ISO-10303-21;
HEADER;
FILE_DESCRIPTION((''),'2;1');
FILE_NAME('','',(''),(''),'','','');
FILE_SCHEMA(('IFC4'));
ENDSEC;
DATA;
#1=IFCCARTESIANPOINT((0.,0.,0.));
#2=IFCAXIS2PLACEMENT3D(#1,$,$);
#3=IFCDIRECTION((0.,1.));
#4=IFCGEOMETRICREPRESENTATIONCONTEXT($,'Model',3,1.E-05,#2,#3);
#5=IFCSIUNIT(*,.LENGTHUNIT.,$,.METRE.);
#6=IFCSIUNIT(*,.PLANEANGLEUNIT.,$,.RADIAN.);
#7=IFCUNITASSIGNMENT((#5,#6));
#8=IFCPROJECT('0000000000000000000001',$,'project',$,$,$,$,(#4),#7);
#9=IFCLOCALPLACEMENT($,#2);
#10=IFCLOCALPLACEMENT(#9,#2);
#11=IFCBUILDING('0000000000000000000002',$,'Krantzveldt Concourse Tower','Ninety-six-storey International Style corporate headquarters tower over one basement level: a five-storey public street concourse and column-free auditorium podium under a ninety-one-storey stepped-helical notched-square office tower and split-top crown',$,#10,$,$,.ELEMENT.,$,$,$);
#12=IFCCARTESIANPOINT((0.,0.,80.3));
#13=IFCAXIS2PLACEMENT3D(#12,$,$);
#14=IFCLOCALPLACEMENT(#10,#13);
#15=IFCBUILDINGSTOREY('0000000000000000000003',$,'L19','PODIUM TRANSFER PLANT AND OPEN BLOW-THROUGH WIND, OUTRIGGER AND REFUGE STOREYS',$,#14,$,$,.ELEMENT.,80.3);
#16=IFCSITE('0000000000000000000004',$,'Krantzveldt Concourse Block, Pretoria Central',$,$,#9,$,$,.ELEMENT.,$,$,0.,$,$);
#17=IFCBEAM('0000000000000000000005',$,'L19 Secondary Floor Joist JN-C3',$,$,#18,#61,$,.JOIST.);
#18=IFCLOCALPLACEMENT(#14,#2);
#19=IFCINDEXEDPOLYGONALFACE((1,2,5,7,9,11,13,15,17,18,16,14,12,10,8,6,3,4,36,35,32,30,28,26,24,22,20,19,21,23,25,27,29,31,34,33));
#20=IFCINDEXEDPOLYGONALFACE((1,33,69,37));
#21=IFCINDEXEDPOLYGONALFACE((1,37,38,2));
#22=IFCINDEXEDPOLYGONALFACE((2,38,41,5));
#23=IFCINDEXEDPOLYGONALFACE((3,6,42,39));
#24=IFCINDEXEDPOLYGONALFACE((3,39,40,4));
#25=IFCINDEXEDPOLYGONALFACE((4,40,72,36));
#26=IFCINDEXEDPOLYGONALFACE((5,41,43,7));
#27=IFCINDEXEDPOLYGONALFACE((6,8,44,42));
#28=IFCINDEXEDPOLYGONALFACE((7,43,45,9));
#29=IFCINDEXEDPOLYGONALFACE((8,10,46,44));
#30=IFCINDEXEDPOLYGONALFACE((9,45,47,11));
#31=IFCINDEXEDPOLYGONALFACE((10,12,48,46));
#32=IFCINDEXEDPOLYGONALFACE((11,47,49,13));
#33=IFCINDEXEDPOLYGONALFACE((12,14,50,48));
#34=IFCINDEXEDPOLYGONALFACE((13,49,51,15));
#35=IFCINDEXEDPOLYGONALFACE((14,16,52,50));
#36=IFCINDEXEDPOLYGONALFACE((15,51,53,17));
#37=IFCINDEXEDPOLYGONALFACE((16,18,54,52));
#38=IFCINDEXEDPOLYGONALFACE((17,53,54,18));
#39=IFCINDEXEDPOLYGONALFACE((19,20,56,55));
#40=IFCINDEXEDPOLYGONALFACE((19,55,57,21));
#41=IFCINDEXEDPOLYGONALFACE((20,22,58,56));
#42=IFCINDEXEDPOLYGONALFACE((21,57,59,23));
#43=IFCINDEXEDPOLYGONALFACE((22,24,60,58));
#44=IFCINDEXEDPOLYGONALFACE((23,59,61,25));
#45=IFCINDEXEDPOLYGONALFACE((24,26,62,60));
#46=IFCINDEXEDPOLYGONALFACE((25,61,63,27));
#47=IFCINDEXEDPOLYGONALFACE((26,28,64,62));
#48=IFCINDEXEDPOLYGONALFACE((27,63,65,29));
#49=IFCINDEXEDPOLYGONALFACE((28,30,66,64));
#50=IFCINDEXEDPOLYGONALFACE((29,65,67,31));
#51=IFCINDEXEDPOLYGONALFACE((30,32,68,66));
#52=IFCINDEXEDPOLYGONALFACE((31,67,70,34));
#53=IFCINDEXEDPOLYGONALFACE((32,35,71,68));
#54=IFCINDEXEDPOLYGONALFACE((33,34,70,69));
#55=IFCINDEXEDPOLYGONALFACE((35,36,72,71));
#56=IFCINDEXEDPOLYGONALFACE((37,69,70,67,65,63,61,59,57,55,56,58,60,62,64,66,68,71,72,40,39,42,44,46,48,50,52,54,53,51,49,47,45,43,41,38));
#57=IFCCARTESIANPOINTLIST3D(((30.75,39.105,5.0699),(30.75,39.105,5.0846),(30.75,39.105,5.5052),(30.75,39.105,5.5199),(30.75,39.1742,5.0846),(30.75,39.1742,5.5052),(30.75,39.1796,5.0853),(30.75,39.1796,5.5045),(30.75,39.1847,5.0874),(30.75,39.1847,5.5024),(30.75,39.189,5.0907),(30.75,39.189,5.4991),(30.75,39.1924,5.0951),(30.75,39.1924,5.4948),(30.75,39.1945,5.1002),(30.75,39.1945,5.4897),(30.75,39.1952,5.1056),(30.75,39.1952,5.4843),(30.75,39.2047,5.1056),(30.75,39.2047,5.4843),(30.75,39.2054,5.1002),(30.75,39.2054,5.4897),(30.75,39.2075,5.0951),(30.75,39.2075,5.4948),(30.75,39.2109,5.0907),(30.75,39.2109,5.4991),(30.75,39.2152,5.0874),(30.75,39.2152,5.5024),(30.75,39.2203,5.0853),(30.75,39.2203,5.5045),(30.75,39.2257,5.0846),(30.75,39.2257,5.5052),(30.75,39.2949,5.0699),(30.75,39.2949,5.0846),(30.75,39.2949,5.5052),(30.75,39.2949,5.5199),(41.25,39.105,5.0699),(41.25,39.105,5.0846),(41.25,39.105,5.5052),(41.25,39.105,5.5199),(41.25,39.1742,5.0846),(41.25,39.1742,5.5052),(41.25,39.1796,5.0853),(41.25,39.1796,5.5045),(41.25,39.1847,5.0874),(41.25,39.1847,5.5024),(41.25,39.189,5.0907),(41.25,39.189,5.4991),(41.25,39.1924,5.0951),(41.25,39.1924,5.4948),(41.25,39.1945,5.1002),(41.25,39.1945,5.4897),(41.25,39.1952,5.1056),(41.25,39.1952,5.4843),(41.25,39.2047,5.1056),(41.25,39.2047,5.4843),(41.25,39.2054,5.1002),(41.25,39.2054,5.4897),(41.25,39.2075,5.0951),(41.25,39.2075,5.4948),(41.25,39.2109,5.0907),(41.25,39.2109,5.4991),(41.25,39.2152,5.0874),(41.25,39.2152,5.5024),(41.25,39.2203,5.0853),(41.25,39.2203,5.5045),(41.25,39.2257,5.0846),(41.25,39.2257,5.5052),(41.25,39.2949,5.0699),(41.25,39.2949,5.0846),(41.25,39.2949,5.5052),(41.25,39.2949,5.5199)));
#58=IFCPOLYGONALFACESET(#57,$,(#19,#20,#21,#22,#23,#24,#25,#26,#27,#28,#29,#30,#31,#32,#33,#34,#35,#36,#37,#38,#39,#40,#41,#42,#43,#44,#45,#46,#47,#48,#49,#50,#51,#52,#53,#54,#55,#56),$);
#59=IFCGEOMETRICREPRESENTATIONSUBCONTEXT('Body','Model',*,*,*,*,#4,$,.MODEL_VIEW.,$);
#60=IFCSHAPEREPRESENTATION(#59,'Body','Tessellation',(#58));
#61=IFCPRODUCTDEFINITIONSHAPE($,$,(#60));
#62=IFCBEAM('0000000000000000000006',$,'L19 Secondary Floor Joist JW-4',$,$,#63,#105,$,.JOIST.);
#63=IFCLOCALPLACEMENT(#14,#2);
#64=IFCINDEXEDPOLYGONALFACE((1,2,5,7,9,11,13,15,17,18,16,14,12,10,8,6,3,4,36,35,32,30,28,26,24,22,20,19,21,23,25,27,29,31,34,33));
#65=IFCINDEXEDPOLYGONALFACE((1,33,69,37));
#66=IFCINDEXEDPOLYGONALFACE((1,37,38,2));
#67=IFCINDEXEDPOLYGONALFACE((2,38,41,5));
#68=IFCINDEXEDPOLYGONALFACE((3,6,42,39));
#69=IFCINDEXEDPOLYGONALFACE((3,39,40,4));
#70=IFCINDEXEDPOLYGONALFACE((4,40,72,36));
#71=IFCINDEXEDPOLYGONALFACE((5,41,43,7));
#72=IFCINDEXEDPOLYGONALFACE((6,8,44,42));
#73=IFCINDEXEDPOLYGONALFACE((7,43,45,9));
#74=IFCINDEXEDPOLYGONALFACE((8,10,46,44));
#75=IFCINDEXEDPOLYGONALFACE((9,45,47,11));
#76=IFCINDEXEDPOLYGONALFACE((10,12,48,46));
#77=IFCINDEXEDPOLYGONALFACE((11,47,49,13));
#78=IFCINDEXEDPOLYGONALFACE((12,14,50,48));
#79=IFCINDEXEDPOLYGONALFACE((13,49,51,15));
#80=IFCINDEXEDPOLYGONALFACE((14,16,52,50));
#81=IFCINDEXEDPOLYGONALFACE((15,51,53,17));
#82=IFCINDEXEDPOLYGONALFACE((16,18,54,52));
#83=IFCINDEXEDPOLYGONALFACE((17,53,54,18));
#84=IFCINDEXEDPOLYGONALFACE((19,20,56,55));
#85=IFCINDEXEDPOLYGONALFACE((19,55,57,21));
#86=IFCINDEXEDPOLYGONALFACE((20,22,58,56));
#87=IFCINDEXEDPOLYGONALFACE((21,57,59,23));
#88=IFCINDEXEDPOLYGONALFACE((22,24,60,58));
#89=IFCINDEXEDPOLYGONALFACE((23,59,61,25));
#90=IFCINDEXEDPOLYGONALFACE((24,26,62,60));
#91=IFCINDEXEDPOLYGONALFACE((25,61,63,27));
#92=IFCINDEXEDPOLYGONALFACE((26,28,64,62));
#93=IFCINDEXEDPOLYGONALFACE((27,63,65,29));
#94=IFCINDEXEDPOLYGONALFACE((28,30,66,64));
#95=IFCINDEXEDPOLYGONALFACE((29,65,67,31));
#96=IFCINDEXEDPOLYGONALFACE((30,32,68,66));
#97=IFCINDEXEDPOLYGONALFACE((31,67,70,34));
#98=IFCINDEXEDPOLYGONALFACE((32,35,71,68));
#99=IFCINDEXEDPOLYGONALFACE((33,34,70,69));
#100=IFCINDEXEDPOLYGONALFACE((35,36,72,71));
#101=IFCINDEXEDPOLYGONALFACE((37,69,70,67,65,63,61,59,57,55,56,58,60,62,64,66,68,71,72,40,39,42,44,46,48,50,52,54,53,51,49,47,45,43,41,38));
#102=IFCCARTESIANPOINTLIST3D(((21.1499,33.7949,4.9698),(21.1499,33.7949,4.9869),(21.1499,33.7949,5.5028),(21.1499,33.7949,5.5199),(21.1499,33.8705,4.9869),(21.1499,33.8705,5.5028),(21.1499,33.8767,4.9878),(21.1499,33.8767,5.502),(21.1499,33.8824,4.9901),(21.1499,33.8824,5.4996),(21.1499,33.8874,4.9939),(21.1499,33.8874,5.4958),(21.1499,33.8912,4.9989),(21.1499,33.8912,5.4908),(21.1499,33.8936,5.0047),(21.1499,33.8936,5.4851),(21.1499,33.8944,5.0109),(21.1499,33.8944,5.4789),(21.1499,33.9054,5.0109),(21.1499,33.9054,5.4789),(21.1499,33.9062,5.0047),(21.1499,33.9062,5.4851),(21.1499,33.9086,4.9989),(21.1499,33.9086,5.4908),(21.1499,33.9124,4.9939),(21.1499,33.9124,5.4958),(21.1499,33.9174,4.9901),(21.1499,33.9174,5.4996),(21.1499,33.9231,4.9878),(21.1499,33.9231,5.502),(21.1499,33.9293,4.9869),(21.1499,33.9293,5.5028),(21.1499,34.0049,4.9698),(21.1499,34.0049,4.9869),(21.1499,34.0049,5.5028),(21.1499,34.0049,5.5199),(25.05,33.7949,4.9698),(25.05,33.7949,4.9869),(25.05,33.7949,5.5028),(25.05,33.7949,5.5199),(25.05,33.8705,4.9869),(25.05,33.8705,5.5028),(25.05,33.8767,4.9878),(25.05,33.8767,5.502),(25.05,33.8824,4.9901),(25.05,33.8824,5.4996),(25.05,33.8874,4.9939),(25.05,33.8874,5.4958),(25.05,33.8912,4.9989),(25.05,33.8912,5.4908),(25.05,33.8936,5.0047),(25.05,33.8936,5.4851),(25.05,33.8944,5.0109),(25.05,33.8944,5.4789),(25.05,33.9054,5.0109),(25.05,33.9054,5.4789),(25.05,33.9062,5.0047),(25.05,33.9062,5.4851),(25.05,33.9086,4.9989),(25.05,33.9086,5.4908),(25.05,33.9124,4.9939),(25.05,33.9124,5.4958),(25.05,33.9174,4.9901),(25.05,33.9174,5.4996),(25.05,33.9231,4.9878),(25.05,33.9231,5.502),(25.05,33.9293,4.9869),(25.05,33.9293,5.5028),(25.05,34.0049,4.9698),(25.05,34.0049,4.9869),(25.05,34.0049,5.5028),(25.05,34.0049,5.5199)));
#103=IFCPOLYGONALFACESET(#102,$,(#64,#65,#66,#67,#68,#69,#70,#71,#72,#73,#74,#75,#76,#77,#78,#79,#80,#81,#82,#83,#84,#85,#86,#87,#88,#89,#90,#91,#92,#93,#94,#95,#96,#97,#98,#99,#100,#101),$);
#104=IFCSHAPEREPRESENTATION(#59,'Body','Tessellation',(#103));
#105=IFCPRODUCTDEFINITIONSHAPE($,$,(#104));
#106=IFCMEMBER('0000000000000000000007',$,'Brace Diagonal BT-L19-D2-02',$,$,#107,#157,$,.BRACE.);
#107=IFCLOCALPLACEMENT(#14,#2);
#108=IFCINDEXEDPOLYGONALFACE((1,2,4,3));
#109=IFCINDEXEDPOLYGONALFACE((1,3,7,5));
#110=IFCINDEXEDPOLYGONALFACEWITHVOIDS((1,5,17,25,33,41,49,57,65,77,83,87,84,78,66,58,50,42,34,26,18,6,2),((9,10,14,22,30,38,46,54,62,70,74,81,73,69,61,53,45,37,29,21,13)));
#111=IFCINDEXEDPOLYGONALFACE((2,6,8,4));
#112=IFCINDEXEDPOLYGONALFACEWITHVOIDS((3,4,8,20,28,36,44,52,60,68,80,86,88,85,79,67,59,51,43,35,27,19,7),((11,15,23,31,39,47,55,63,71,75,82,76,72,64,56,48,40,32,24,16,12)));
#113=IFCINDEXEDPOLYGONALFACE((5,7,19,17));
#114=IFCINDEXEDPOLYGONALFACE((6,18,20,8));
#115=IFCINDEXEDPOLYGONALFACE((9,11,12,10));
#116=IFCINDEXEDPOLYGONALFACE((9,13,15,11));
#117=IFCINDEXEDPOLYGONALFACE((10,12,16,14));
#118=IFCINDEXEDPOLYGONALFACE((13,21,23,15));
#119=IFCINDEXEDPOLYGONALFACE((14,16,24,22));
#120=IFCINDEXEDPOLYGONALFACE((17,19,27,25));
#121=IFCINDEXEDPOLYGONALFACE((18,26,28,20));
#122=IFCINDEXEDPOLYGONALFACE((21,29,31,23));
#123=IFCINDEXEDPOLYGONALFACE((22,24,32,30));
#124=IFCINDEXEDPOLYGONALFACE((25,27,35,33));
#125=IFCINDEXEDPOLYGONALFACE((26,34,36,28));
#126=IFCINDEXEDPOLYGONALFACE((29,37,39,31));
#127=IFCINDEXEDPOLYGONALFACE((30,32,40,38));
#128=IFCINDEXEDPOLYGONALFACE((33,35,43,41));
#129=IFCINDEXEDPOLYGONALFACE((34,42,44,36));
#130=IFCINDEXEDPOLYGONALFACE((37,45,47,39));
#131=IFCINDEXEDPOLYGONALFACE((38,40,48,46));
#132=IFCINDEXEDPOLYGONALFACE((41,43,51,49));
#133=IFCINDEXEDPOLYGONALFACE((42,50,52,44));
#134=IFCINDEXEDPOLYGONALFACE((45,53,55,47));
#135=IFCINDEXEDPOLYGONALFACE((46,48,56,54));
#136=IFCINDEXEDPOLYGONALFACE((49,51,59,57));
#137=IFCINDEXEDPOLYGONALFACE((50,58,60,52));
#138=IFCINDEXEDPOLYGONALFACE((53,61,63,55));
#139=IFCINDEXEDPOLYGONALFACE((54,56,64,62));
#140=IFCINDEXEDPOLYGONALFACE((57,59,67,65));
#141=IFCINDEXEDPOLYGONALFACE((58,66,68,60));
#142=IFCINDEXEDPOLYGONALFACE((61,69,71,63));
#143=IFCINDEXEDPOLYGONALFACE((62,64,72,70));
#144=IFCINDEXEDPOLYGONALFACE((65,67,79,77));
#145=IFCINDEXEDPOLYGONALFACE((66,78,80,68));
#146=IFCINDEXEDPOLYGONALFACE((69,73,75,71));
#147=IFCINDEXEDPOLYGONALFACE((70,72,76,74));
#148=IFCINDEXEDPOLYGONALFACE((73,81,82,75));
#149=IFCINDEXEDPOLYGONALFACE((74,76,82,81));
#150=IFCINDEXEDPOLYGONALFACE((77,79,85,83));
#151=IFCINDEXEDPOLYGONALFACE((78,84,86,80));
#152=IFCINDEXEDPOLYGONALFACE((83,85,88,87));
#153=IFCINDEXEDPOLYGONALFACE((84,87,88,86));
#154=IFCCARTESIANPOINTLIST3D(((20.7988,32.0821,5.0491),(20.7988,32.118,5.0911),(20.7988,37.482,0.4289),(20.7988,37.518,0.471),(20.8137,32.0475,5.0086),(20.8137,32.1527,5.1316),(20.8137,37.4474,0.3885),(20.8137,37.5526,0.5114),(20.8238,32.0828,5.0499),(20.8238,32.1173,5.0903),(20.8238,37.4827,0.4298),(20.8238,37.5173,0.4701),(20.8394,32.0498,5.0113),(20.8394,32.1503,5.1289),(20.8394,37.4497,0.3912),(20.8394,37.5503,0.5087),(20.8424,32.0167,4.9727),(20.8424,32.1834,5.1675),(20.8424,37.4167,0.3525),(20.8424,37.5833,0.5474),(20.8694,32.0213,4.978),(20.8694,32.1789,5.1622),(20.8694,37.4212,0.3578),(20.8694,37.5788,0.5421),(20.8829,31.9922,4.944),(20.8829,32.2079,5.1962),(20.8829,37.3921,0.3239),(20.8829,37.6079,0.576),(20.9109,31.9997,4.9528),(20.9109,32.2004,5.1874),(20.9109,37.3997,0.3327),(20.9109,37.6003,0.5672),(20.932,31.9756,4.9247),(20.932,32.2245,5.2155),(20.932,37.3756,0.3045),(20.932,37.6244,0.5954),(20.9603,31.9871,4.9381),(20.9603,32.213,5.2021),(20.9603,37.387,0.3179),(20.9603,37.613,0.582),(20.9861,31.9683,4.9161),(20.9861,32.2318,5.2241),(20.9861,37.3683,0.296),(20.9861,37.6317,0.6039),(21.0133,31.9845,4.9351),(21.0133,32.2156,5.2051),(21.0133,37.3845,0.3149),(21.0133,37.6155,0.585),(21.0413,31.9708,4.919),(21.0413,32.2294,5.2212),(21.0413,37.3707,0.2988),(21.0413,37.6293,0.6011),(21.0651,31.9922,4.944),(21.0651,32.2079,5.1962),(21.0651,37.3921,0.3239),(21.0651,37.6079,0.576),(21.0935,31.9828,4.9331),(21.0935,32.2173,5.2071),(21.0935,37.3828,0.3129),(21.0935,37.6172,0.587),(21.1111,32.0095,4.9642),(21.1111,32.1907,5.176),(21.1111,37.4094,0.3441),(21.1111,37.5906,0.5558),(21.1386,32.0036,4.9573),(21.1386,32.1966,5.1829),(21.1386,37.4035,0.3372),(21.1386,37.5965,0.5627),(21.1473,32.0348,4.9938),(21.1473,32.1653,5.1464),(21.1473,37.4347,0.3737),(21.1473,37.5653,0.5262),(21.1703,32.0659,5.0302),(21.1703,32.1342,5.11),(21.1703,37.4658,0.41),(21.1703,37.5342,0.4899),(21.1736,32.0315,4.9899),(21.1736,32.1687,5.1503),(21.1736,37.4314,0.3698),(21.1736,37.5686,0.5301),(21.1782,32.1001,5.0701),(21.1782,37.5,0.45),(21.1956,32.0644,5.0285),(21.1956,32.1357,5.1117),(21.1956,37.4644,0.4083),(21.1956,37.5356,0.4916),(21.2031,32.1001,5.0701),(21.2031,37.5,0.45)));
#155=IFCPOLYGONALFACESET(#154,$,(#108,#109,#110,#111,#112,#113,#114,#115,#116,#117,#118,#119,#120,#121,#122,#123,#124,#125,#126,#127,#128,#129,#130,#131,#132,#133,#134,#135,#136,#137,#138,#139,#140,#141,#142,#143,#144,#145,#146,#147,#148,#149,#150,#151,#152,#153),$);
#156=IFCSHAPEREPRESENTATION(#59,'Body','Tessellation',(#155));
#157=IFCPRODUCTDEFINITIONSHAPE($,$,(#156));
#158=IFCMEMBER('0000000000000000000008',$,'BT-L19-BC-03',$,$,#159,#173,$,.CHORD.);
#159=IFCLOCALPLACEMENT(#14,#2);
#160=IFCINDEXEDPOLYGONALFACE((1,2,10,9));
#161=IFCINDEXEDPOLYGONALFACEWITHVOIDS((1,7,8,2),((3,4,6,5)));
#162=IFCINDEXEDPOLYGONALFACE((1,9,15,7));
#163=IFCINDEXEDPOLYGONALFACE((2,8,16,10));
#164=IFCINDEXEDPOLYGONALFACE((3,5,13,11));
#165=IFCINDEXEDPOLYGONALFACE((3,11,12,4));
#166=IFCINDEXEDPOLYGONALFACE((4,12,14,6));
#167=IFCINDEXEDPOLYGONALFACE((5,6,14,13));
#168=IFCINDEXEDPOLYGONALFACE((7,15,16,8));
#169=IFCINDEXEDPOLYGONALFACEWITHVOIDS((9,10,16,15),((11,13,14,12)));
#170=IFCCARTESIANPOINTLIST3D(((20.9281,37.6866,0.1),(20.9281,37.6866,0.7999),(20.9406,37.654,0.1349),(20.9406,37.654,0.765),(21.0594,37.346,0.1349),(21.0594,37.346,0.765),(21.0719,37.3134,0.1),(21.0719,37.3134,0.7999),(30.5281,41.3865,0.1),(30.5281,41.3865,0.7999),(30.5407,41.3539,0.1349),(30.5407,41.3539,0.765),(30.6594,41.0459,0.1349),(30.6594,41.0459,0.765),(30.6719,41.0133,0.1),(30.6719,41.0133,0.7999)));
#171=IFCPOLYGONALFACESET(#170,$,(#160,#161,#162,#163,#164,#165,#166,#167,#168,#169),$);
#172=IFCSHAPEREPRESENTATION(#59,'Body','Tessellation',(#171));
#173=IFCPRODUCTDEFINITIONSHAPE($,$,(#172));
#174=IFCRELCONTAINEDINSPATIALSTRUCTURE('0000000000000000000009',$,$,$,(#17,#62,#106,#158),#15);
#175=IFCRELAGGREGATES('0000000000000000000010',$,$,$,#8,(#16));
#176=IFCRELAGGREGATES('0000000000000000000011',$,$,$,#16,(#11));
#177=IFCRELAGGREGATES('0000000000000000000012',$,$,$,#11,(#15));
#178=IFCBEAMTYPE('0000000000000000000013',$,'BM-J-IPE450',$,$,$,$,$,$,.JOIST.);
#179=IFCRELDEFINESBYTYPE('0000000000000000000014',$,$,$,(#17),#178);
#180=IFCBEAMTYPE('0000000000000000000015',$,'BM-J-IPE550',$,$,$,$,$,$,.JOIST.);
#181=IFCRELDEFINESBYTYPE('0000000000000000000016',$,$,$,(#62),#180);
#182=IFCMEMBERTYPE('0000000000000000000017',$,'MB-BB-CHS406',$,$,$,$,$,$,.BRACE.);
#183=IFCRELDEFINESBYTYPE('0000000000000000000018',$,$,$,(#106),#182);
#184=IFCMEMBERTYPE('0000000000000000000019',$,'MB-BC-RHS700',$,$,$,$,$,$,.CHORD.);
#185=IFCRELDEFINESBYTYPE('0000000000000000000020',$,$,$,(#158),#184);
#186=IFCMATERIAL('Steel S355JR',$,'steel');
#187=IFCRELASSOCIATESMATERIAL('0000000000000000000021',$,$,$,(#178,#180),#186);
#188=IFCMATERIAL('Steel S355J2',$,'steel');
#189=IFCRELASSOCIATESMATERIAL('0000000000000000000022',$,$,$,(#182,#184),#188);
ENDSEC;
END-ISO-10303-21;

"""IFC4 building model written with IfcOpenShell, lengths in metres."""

from ifc_helpers import new_model, si_unit, direction, frame, origin, origin_2d, place, context, subcontext, project, spatial, hollow_rectangle, hollow_circle, i_section, extrude, source, transform, mapped, material, material_profile, profile_set, type_object, type_shapes, element, save


model = new_model("IFC4")

# Units and contexts
model_context = context("Model", 3, precision=1e-05, world=origin(), true_north=direction((0.0, 1.0)))
body_context = subcontext(model_context, "Body", "Model", "MODEL_VIEW")
ifc_project = project(units=[si_unit("LENGTHUNIT", "METRE"), si_unit("PLANEANGLEUNIT", "RADIAN")], contexts=[model_context])

# Site, building, storey
site_placement = place(None, origin())
site = spatial("IfcSite", under=ifc_project, at=site_placement, Name="Krantzveldt Concourse Block, Pretoria Central", CompositionType="ELEMENT", RefElevation=0.0)
building_placement = place(site_placement, origin())
building = spatial("IfcBuilding", under=site, at=building_placement, Name="Krantzveldt Concourse Tower", Description="Ninety-six-storey International Style corporate headquarters tower over one basement level: a five-storey public street concourse and column-free auditorium podium under a ninety-one-storey stepped-helical notched-square office tower and split-top crown", CompositionType="ELEMENT")
storey_placement = place(building_placement, frame((0.0, 0.0, 80.3)))
storey = spatial("IfcBuildingStorey", under=building, at=storey_placement, Name="L19", Description="PODIUM TRANSFER PLANT AND OPEN BLOW-THROUGH WIND, OUTRIGGER AND REFUGE STOREYS", CompositionType="ELEMENT", Elevation=80.3)

# Beams
ifc_material_1 = material(Name="Steel S355J2", Category="steel")
ifc_material_2 = material(Name="Steel S355JR", Category="steel")
ifc_material_profile_1 = material_profile(ifc_material_2, i_section(OverallWidth=0.1899, OverallDepth=0.45, WebThickness=0.0095, FlangeThickness=0.0146, FilletRadius=0.021, at=origin_2d()), Name="Steel S355JR", Category="steel")
ifc_profile_set_1 = profile_set([ifc_material_profile_1], Name="Steel S355JR - IPE 450")
beam_type_1 = type_object("IfcBeamType", Name="BM-J-IPE450", PredefinedType="JOIST", material=ifc_profile_set_1)
shared_shape_1 = source(origin(), body_context, "Body", "SweptSolid", [
    extrude(i_section(OverallWidth=0.1899, OverallDepth=0.45, WebThickness=0.0095, FlangeThickness=0.0146, FilletRadius=0.021, at=origin_2d()), origin(), (0.0, 0.0, 1.0), 10.5),
])
type_shapes(beam_type_1, [shared_shape_1])
beam_1_placement = place(storey_placement, frame((30.75, 39.2, 5.2949), z_axis=(1.0, 0.0, 0.0), x_axis=(0.0, 1.0, 0.0)))
element("IfcBeam", 1, at=beam_1_placement, inside=storey, type_object=beam_type_1, Name="L19 Secondary Floor Joist JN-C3", PredefinedType="JOIST", context=body_context, shape_type="MappedRepresentation", body=[
    mapped(shared_shape_1, transform((0.0, 0.0, 0.0), x_axis=(1.0, 0.0, 0.0), y_axis=(0.0, 1.0, 0.0), z_axis=(0.0, 0.0, 1.0), scale=1.0)),
])
ifc_material_profile_2 = material_profile(ifc_material_2, i_section(OverallWidth=0.21, OverallDepth=0.55, WebThickness=0.011, FlangeThickness=0.0171, FilletRadius=0.0239, at=origin_2d()), Name="Steel S355JR", Category="steel")
ifc_profile_set_2 = profile_set([ifc_material_profile_2], Name="Steel S355JR - IPE 550")
beam_type_2 = type_object("IfcBeamType", Name="BM-J-IPE550", PredefinedType="JOIST", material=ifc_profile_set_2)
shared_shape_2 = source(origin(), body_context, "Body", "SweptSolid", [
    extrude(i_section(OverallWidth=0.21, OverallDepth=0.55, WebThickness=0.011, FlangeThickness=0.0171, FilletRadius=0.0239, at=origin_2d()), origin(), (0.0, 0.0, 1.0), 3.9001),
])
type_shapes(beam_type_2, [shared_shape_2])
beam_2_placement = place(storey_placement, frame((21.1499, 33.8999, 5.2449), z_axis=(1.0, 0.0, 0.0), x_axis=(0.0, 1.0, 0.0)))
element("IfcBeam", 2, at=beam_2_placement, inside=storey, type_object=beam_type_2, Name="L19 Secondary Floor Joist JW-4", PredefinedType="JOIST", context=body_context, shape_type="MappedRepresentation", body=[
    mapped(shared_shape_2, transform((0.0, 0.0, 0.0), x_axis=(1.0, 0.0, 0.0), y_axis=(0.0, 1.0, 0.0), z_axis=(0.0, 0.0, 1.0), scale=1.0)),
])

# Members
ifc_material_profile_3 = material_profile(ifc_material_1, hollow_circle(Radius=0.2031, WallThickness=0.0249, at=origin_2d()), Name="Steel S355J2", Category="steel")
ifc_profile_set_3 = profile_set([ifc_material_profile_3], Name="Steel S355J2 - CHS 406.4x25")
member_type_1 = type_object("IfcMemberType", Name="MB-BB-CHS406", PredefinedType="BRACE", material=ifc_profile_set_3)
shared_shape_3 = source(origin(), body_context, "Body", "SweptSolid", [
    extrude(hollow_circle(Radius=0.2031, WallThickness=0.0249, at=origin_2d()), origin(), (0.0, 0.0, 1.0), 7.1067),
])
member_1_placement = place(storey_placement, frame((21.0, 37.5, 0.45), z_axis=(0.0, -0.759838, 0.650112), x_axis=(1.0, 0.0, 0.0)))
element("IfcMember", 3, at=member_1_placement, inside=storey, type_object=member_type_1, Name="Brace Diagonal BT-L19-D2-02", PredefinedType="BRACE", context=body_context, shape_type="MappedRepresentation", body=[
    mapped(shared_shape_3, transform((0.0, 0.0, 0.0), x_axis=(1.0, 0.0, 0.0), y_axis=(0.0, 1.0, 0.0), z_axis=(0.0, 0.0, 1.0), scale=1.0)),
])
ifc_material_profile_4 = material_profile(ifc_material_1, hollow_rectangle(XDim=0.3999, YDim=0.7, WallThickness=0.0349, at=origin_2d()), Name="Steel S355J2", Category="steel")
ifc_profile_set_4 = profile_set([ifc_material_profile_4], Name="Steel S355J2 - RHS 700x400x35")
member_type_2 = type_object("IfcMemberType", Name="MB-BC-RHS700", PredefinedType="CHORD", material=ifc_profile_set_4)
shared_shape_4 = source(origin(), body_context, "Body", "SweptSolid", [
    extrude(hollow_rectangle(XDim=0.3999, YDim=0.7, WallThickness=0.0349, at=origin_2d()), origin(), (0.0, 0.0, 1.0), 10.2883),
])
member_2_placement = place(storey_placement, frame((21.0, 37.5, 0.45), z_axis=(0.933098, 0.359623, 0.0), x_axis=(-0.359623, 0.933098, 0.0)))
element("IfcMember", 4, at=member_2_placement, inside=storey, type_object=member_type_2, Name="BT-L19-BC-03", PredefinedType="CHORD", context=body_context, shape_type="MappedRepresentation", body=[
    mapped(shared_shape_4, transform((0.0, 0.0, 0.0), x_axis=(1.0, 0.0, 0.0), y_axis=(0.0, 1.0, 0.0), z_axis=(0.0, 0.0, 1.0), scale=1.0)),
])

save(model, "model.ifc")
